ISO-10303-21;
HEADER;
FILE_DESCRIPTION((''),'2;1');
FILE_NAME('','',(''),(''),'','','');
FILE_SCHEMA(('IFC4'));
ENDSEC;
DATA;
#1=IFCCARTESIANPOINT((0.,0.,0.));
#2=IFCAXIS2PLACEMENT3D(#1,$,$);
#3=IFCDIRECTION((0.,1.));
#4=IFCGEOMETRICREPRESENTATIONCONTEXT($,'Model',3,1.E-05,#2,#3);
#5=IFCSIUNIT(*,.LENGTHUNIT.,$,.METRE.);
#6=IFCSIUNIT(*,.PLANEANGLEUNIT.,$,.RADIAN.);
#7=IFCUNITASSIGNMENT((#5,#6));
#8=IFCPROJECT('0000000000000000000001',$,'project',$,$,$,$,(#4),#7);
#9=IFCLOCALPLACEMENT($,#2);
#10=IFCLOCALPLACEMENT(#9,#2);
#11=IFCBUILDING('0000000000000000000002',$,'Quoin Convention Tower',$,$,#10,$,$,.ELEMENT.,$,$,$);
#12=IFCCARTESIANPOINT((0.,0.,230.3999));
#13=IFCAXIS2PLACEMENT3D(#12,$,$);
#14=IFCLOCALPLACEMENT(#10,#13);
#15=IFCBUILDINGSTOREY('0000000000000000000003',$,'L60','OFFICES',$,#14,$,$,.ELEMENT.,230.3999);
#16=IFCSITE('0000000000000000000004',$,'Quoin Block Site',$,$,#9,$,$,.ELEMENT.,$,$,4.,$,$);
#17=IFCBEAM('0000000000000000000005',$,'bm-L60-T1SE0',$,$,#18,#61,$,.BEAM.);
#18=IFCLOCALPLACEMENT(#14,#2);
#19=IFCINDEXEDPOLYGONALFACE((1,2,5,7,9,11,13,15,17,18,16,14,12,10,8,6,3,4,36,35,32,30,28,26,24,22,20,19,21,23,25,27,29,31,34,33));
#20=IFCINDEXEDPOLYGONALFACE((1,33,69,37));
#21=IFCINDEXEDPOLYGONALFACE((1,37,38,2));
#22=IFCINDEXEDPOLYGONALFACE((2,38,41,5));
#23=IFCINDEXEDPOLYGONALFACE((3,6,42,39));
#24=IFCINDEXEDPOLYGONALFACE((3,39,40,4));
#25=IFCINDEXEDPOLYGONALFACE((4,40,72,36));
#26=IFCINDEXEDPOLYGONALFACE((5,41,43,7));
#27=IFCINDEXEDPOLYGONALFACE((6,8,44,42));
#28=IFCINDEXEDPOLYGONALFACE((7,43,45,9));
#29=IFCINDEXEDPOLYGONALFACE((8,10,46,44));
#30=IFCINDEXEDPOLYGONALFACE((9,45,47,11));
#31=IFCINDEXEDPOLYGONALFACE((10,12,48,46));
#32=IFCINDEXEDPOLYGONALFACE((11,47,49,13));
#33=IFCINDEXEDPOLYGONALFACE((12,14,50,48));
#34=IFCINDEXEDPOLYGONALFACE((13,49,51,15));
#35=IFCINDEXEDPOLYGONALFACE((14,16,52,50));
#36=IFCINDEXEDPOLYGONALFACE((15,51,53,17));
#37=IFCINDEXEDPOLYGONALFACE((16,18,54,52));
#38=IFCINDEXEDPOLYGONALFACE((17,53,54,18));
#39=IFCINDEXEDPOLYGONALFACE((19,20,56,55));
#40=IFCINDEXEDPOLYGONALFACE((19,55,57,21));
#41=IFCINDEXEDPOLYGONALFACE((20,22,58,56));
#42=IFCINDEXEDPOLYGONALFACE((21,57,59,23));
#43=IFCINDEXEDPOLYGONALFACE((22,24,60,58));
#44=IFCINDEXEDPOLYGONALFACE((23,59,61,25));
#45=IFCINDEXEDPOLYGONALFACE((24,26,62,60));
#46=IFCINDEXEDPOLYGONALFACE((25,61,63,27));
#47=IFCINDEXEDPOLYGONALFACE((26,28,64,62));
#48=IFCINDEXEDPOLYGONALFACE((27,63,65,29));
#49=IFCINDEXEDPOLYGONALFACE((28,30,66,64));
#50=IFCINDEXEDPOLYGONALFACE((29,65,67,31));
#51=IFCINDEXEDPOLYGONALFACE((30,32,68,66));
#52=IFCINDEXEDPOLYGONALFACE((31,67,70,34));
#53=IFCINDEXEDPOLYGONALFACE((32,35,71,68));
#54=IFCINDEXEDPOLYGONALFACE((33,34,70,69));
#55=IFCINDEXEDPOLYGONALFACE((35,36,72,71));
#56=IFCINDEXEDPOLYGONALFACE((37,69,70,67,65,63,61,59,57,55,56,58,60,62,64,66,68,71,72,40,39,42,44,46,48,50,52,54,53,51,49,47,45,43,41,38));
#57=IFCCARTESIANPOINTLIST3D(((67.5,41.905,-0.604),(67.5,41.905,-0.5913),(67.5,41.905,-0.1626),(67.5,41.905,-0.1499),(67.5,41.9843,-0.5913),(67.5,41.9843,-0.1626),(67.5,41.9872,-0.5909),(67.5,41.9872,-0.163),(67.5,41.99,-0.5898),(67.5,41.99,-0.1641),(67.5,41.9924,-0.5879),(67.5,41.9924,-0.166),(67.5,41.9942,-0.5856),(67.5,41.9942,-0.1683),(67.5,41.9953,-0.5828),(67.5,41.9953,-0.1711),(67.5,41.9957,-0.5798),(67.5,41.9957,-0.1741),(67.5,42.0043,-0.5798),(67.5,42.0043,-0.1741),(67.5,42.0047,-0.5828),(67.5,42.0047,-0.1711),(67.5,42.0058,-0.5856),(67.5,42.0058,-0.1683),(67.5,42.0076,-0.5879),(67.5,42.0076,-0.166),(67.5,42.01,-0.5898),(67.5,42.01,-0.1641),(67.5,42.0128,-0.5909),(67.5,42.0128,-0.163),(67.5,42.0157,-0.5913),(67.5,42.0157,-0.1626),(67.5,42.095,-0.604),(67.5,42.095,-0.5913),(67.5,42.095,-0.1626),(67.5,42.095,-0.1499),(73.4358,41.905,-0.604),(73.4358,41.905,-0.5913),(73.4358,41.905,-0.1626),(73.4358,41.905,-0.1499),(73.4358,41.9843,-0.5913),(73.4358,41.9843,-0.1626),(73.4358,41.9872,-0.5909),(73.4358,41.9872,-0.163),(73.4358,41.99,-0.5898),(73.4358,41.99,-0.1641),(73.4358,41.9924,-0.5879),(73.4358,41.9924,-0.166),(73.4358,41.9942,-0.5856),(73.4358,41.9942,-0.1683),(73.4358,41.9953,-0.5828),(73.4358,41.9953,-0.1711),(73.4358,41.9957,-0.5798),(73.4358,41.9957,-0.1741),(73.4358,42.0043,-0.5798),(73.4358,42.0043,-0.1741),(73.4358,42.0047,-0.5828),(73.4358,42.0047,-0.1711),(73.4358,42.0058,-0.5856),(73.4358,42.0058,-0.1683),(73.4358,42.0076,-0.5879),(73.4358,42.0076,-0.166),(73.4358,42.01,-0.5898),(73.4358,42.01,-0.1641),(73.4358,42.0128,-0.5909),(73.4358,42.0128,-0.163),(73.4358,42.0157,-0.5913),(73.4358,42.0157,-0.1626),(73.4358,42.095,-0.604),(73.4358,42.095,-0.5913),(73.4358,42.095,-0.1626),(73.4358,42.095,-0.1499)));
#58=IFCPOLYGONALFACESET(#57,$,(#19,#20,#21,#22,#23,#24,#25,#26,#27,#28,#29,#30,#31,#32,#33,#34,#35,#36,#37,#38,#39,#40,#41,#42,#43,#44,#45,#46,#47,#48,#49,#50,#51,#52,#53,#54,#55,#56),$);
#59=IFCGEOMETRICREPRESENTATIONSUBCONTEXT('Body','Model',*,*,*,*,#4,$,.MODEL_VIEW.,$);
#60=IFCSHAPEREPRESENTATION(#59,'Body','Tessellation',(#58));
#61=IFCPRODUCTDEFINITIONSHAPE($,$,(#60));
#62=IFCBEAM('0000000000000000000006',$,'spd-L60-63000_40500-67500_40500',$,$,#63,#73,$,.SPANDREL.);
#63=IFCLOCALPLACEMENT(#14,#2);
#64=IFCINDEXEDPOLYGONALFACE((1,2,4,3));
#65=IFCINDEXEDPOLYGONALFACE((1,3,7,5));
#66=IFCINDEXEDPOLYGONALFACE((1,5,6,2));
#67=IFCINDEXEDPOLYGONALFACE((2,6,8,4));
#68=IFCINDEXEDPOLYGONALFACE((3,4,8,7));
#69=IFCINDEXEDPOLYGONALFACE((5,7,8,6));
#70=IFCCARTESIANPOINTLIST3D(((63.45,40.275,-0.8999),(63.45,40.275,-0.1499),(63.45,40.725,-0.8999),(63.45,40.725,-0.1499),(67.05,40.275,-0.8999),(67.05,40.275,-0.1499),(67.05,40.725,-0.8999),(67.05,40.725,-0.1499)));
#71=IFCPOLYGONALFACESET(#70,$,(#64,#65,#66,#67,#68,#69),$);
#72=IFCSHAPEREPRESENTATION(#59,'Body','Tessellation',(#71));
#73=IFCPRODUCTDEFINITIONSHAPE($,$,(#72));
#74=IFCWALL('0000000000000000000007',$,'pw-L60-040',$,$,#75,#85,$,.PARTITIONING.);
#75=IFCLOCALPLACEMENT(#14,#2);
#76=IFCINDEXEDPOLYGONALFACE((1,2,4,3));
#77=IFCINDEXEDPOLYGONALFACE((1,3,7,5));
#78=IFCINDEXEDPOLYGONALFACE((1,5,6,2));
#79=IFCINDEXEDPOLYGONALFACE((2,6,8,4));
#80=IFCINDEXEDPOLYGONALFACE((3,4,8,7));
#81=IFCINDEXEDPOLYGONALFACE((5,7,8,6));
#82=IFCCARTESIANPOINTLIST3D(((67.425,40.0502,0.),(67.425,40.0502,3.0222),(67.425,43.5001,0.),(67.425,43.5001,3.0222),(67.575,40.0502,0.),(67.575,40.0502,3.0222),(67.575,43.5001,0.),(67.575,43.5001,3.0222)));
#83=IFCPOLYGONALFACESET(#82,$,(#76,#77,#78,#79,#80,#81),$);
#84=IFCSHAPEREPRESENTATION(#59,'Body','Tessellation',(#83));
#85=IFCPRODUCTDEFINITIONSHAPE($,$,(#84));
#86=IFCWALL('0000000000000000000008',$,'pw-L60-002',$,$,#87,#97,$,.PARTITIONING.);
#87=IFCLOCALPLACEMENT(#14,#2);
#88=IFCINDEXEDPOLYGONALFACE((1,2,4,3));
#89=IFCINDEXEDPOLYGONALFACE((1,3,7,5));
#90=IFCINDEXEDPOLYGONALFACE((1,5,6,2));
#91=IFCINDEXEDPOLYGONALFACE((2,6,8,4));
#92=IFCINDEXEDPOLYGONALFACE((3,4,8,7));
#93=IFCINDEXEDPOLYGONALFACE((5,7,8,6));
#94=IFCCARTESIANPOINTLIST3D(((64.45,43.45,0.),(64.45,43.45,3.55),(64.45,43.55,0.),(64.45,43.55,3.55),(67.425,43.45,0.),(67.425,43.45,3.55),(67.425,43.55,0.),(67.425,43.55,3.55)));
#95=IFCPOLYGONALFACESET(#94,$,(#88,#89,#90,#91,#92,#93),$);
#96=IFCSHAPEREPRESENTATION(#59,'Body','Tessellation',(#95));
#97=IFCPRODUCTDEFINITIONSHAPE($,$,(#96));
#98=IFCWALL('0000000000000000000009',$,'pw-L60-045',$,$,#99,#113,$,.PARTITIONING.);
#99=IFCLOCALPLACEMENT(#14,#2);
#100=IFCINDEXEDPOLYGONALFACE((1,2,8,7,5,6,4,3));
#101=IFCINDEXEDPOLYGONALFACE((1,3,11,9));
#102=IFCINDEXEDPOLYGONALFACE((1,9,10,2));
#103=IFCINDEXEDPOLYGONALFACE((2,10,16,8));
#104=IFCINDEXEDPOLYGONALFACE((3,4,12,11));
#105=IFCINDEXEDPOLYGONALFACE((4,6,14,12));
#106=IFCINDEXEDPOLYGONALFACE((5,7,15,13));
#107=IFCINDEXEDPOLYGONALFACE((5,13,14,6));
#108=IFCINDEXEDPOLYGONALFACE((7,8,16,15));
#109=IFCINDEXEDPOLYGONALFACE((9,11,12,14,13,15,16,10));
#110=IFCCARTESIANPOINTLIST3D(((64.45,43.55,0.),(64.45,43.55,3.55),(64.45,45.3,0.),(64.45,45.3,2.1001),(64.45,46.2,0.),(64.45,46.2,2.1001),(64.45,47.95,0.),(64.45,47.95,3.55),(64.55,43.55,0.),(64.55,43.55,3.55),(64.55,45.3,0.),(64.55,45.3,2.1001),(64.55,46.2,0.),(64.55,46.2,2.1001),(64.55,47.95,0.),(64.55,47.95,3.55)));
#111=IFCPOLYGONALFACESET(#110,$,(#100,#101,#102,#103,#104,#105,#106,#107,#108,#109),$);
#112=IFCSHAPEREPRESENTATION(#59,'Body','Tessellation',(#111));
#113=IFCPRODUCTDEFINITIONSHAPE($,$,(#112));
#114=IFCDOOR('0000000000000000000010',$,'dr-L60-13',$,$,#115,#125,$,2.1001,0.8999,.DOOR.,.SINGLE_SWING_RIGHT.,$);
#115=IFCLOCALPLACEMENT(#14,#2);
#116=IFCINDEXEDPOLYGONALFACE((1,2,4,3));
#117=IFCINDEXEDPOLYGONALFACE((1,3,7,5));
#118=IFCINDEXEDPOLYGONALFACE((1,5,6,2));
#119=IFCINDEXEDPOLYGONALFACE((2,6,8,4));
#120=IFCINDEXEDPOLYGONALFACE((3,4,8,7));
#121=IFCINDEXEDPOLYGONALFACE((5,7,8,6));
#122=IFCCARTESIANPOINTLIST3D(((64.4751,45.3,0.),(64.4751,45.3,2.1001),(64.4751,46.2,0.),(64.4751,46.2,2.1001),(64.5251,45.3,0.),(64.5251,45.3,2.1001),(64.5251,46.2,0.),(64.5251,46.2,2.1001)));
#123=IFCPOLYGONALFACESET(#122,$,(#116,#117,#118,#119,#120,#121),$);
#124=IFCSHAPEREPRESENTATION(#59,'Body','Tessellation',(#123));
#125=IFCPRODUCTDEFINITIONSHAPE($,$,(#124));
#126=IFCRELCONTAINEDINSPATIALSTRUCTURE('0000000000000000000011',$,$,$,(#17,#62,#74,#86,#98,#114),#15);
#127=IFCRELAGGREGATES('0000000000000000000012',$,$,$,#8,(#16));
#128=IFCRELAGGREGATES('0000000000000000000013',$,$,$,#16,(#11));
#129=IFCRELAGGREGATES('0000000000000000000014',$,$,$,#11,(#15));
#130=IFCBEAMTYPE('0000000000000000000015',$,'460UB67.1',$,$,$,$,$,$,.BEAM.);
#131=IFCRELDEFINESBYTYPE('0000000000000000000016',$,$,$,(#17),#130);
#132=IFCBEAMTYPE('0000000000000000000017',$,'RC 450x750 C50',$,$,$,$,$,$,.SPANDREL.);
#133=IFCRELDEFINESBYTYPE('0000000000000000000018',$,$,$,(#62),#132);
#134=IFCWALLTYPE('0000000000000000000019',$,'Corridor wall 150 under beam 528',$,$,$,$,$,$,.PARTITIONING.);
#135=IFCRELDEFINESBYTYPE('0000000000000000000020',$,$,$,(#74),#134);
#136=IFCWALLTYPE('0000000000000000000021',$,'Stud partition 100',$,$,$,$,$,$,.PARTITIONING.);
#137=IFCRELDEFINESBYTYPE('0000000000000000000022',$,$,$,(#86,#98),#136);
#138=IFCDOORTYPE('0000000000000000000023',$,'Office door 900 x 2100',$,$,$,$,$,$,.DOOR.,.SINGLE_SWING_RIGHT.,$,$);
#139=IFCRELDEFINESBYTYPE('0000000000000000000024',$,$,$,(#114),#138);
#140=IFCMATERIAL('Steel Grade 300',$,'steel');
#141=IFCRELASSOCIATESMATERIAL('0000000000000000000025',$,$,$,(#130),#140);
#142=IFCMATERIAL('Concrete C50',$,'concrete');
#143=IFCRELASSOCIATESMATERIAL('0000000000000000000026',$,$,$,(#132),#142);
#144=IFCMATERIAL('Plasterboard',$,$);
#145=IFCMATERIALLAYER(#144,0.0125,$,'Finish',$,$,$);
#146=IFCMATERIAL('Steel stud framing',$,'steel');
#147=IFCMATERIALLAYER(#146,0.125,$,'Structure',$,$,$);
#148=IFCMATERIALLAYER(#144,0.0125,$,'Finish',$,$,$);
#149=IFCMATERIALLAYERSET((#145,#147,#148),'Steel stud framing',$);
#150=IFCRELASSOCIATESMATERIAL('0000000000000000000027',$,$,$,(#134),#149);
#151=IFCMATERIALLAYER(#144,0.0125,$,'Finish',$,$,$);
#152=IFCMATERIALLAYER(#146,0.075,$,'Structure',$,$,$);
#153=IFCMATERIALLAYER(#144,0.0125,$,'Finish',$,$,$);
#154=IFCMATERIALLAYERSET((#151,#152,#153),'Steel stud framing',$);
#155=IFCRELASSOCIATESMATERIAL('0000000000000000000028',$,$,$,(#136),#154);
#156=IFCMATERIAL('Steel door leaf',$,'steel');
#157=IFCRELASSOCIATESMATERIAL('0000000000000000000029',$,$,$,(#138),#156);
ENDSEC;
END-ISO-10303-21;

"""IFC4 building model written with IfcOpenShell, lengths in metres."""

from ifc_helpers import new_model, si_unit, direction, frame, frame_2d, origin, origin_2d, place, context, subcontext, project, spatial, rectangle, i_section, extrude, material, layer, layer_set, material_profile, profile_set, type_object, element, fill, save


model = new_model("IFC4")

# Units and contexts
model_context = context("Model", 3, precision=1e-05, world=origin(), true_north=direction((0.0, 1.0)))
body_context = subcontext(model_context, "Body", "Model", "MODEL_VIEW")
ifc_project = project(units=[si_unit("LENGTHUNIT", "METRE"), si_unit("PLANEANGLEUNIT", "RADIAN")], contexts=[model_context])

# Site, building, storey
site_placement = place(None, origin())
site = spatial("IfcSite", under=ifc_project, at=site_placement, Name="Quoin Block Site", CompositionType="ELEMENT", RefElevation=4.0)
building_placement = place(site_placement, origin())
building = spatial("IfcBuilding", under=site, at=building_placement, Name="Quoin Convention Tower", CompositionType="ELEMENT")
storey_placement = place(building_placement, frame((0.0, 0.0, 230.3999)))
storey = spatial("IfcBuildingStorey", under=building, at=storey_placement, Name="L60", Description="OFFICES", CompositionType="ELEMENT", Elevation=230.3999)

# Shared definitions
ifc_material_1 = material(Name="Concrete C50", Category="concrete")

# Beams
ifc_material_2 = material(Name="Steel Grade 300", Category="steel")
ifc_material_profile_1 = material_profile(ifc_material_2, i_section(OverallWidth=0.1899, OverallDepth=0.4541, WebThickness=0.0085, FlangeThickness=0.0127, FilletRadius=0.0115, at=origin_2d()), Name="460UB67.1")
ifc_profile_set_1 = profile_set([ifc_material_profile_1], Name="Steel Grade 300")
beam_type_1 = type_object("IfcBeamType", Name="460UB67.1", PredefinedType="BEAM", material=ifc_profile_set_1)
beam_1_placement = place(storey_placement, frame((67.5, 42.0, -0.377), z_axis=(1.0, 0.0, 0.0), x_axis=(0.0, 1.0, 0.0)))
element("IfcBeam", 1, at=beam_1_placement, inside=storey, type_object=beam_type_1, Name="bm-L60-T1SE0", PredefinedType="BEAM", context=body_context, shape_type="SweptSolid", body=[
    extrude(i_section(OverallWidth=0.1899, OverallDepth=0.4541, WebThickness=0.0085, FlangeThickness=0.0127, FilletRadius=0.0115, at=origin_2d()), origin(), (0.0, 0.0, 1.0), 5.9358),
])
ifc_material_profile_2 = material_profile(ifc_material_1, rectangle(XDim=0.45, YDim=0.75, at=origin_2d()), Name="RC 450x750")
ifc_profile_set_2 = profile_set([ifc_material_profile_2], Name="Concrete C50")
beam_type_2 = type_object("IfcBeamType", Name="RC 450x750 C50", PredefinedType="SPANDREL", material=ifc_profile_set_2)
beam_2_placement = place(storey_placement, frame((63.45, 40.5, -0.5249), z_axis=(1.0, 0.0, 0.0), x_axis=(0.0, 1.0, 0.0)))
element("IfcBeam", 2, at=beam_2_placement, inside=storey, type_object=beam_type_2, Name="spd-L60-63000_40500-67500_40500", PredefinedType="SPANDREL", context=body_context, shape_type="SweptSolid", body=[
    extrude(rectangle(XDim=0.45, YDim=0.75, at=origin_2d()), origin(), (0.0, 0.0, 1.0), 3.6001),
])

# Walls
ifc_material_3 = material(Name="Plasterboard")
ifc_layer_1 = layer(ifc_material_3, 0.0125, Name="Finish")
ifc_material_4 = material(Name="Steel stud framing", Category="steel")
ifc_layer_2 = layer(ifc_material_4, 0.125, Name="Structure")
ifc_layer_3 = layer(ifc_material_3, 0.0125, Name="Finish")
ifc_layer_set_1 = layer_set([ifc_layer_1, ifc_layer_2, ifc_layer_3], Name="Steel stud framing")
wall_type_1 = type_object("IfcWallType", Name="Corridor wall 150 under beam 528", PredefinedType="PARTITIONING", material=ifc_layer_set_1)
wall_1_placement = place(storey_placement, frame((67.5, 40.05, 0.0), z_axis=(0.0, 0.0, 1.0), x_axis=(0.0, 1.0, 0.0)))
element("IfcWall", 3, at=wall_1_placement, inside=storey, type_object=wall_type_1, Name="pw-L60-040", PredefinedType="PARTITIONING", context=body_context, shape_type="SweptSolid", body=[
    extrude(rectangle(XDim=3.45, YDim=0.1499, at=frame_2d((1.7251, 0.0))), origin(), (0.0, 0.0, 1.0), 3.0222),
])
ifc_layer_4 = layer(ifc_material_3, 0.0125, Name="Finish")
ifc_layer_5 = layer(ifc_material_4, 0.075, Name="Structure")
ifc_layer_6 = layer(ifc_material_3, 0.0125, Name="Finish")
ifc_layer_set_2 = layer_set([ifc_layer_4, ifc_layer_5, ifc_layer_6], Name="Steel stud framing")
wall_type_2 = type_object("IfcWallType", Name="Stud partition 100", PredefinedType="PARTITIONING", material=ifc_layer_set_2)
wall_2_placement = place(storey_placement, frame((64.45, 43.5, 0.0), z_axis=(0.0, 0.0, 1.0), x_axis=(1.0, 0.0, 0.0)))
element("IfcWall", 4, at=wall_2_placement, inside=storey, type_object=wall_type_2, Name="pw-L60-002", PredefinedType="PARTITIONING", context=body_context, shape_type="SweptSolid", body=[
    extrude(rectangle(XDim=2.9751, YDim=0.1001, at=frame_2d((1.4875, 0.0))), origin(), (0.0, 0.0, 1.0), 3.55),
])

# Wall, opening, door
wall_3_placement = place(storey_placement, frame((64.5, 43.55, 0.0), z_axis=(0.0, 0.0, 1.0), x_axis=(0.0, 1.0, 0.0)))
wall_3 = element("IfcWall", 5, at=wall_3_placement, inside=storey, type_object=wall_type_2, Name="pw-L60-045", PredefinedType="PARTITIONING", context=body_context, shape_type="SweptSolid", body=[
    extrude(rectangle(XDim=4.3999, YDim=0.1001, at=frame_2d((2.2, 0.0))), origin(), (0.0, 0.0, 1.0), 3.55),
])
opening_placement = place(wall_3_placement, frame((1.75, 0.0, 0.0)))
opening = element("IfcOpeningElement", 6, at=opening_placement, cuts=wall_3, PredefinedType="OPENING", context=body_context, shape_type="SweptSolid", body=[
    extrude(rectangle(XDim=0.8999, YDim=2.1001, at=frame_2d((0.45, 1.05))), frame((0.0, 0.0601, 0.0), z_axis=(0.0, -1.0, 0.0), x_axis=(1.0, 0.0, 0.0)), (0.0, 0.0, 1.0), 0.1201),
])
ifc_material_5 = material(Name="Steel door leaf", Category="steel")
door_type = type_object("IfcDoorType", Name="Office door 900 x 2100", OperationType="SINGLE_SWING_RIGHT", PredefinedType="DOOR", material=ifc_material_5)
door_placement = place(opening_placement, origin())
door = element("IfcDoor", 7, at=door_placement, inside=storey, type_object=door_type, Name="dr-L60-13", OperationType="SINGLE_SWING_RIGHT", OverallHeight=2.1001, OverallWidth=0.8999, PredefinedType="DOOR", context=body_context, shape_type="SweptSolid", body=[
    extrude(rectangle(XDim=0.8999, YDim=2.1001, at=frame_2d((0.45, 1.05))), frame((0.0, 0.0249, 0.0), z_axis=(0.0, -1.0, 0.0), x_axis=(1.0, 0.0, 0.0)), (0.0, 0.0, 1.0), 0.05),
])
fill(opening, door)

save(model, "model.ifc")
